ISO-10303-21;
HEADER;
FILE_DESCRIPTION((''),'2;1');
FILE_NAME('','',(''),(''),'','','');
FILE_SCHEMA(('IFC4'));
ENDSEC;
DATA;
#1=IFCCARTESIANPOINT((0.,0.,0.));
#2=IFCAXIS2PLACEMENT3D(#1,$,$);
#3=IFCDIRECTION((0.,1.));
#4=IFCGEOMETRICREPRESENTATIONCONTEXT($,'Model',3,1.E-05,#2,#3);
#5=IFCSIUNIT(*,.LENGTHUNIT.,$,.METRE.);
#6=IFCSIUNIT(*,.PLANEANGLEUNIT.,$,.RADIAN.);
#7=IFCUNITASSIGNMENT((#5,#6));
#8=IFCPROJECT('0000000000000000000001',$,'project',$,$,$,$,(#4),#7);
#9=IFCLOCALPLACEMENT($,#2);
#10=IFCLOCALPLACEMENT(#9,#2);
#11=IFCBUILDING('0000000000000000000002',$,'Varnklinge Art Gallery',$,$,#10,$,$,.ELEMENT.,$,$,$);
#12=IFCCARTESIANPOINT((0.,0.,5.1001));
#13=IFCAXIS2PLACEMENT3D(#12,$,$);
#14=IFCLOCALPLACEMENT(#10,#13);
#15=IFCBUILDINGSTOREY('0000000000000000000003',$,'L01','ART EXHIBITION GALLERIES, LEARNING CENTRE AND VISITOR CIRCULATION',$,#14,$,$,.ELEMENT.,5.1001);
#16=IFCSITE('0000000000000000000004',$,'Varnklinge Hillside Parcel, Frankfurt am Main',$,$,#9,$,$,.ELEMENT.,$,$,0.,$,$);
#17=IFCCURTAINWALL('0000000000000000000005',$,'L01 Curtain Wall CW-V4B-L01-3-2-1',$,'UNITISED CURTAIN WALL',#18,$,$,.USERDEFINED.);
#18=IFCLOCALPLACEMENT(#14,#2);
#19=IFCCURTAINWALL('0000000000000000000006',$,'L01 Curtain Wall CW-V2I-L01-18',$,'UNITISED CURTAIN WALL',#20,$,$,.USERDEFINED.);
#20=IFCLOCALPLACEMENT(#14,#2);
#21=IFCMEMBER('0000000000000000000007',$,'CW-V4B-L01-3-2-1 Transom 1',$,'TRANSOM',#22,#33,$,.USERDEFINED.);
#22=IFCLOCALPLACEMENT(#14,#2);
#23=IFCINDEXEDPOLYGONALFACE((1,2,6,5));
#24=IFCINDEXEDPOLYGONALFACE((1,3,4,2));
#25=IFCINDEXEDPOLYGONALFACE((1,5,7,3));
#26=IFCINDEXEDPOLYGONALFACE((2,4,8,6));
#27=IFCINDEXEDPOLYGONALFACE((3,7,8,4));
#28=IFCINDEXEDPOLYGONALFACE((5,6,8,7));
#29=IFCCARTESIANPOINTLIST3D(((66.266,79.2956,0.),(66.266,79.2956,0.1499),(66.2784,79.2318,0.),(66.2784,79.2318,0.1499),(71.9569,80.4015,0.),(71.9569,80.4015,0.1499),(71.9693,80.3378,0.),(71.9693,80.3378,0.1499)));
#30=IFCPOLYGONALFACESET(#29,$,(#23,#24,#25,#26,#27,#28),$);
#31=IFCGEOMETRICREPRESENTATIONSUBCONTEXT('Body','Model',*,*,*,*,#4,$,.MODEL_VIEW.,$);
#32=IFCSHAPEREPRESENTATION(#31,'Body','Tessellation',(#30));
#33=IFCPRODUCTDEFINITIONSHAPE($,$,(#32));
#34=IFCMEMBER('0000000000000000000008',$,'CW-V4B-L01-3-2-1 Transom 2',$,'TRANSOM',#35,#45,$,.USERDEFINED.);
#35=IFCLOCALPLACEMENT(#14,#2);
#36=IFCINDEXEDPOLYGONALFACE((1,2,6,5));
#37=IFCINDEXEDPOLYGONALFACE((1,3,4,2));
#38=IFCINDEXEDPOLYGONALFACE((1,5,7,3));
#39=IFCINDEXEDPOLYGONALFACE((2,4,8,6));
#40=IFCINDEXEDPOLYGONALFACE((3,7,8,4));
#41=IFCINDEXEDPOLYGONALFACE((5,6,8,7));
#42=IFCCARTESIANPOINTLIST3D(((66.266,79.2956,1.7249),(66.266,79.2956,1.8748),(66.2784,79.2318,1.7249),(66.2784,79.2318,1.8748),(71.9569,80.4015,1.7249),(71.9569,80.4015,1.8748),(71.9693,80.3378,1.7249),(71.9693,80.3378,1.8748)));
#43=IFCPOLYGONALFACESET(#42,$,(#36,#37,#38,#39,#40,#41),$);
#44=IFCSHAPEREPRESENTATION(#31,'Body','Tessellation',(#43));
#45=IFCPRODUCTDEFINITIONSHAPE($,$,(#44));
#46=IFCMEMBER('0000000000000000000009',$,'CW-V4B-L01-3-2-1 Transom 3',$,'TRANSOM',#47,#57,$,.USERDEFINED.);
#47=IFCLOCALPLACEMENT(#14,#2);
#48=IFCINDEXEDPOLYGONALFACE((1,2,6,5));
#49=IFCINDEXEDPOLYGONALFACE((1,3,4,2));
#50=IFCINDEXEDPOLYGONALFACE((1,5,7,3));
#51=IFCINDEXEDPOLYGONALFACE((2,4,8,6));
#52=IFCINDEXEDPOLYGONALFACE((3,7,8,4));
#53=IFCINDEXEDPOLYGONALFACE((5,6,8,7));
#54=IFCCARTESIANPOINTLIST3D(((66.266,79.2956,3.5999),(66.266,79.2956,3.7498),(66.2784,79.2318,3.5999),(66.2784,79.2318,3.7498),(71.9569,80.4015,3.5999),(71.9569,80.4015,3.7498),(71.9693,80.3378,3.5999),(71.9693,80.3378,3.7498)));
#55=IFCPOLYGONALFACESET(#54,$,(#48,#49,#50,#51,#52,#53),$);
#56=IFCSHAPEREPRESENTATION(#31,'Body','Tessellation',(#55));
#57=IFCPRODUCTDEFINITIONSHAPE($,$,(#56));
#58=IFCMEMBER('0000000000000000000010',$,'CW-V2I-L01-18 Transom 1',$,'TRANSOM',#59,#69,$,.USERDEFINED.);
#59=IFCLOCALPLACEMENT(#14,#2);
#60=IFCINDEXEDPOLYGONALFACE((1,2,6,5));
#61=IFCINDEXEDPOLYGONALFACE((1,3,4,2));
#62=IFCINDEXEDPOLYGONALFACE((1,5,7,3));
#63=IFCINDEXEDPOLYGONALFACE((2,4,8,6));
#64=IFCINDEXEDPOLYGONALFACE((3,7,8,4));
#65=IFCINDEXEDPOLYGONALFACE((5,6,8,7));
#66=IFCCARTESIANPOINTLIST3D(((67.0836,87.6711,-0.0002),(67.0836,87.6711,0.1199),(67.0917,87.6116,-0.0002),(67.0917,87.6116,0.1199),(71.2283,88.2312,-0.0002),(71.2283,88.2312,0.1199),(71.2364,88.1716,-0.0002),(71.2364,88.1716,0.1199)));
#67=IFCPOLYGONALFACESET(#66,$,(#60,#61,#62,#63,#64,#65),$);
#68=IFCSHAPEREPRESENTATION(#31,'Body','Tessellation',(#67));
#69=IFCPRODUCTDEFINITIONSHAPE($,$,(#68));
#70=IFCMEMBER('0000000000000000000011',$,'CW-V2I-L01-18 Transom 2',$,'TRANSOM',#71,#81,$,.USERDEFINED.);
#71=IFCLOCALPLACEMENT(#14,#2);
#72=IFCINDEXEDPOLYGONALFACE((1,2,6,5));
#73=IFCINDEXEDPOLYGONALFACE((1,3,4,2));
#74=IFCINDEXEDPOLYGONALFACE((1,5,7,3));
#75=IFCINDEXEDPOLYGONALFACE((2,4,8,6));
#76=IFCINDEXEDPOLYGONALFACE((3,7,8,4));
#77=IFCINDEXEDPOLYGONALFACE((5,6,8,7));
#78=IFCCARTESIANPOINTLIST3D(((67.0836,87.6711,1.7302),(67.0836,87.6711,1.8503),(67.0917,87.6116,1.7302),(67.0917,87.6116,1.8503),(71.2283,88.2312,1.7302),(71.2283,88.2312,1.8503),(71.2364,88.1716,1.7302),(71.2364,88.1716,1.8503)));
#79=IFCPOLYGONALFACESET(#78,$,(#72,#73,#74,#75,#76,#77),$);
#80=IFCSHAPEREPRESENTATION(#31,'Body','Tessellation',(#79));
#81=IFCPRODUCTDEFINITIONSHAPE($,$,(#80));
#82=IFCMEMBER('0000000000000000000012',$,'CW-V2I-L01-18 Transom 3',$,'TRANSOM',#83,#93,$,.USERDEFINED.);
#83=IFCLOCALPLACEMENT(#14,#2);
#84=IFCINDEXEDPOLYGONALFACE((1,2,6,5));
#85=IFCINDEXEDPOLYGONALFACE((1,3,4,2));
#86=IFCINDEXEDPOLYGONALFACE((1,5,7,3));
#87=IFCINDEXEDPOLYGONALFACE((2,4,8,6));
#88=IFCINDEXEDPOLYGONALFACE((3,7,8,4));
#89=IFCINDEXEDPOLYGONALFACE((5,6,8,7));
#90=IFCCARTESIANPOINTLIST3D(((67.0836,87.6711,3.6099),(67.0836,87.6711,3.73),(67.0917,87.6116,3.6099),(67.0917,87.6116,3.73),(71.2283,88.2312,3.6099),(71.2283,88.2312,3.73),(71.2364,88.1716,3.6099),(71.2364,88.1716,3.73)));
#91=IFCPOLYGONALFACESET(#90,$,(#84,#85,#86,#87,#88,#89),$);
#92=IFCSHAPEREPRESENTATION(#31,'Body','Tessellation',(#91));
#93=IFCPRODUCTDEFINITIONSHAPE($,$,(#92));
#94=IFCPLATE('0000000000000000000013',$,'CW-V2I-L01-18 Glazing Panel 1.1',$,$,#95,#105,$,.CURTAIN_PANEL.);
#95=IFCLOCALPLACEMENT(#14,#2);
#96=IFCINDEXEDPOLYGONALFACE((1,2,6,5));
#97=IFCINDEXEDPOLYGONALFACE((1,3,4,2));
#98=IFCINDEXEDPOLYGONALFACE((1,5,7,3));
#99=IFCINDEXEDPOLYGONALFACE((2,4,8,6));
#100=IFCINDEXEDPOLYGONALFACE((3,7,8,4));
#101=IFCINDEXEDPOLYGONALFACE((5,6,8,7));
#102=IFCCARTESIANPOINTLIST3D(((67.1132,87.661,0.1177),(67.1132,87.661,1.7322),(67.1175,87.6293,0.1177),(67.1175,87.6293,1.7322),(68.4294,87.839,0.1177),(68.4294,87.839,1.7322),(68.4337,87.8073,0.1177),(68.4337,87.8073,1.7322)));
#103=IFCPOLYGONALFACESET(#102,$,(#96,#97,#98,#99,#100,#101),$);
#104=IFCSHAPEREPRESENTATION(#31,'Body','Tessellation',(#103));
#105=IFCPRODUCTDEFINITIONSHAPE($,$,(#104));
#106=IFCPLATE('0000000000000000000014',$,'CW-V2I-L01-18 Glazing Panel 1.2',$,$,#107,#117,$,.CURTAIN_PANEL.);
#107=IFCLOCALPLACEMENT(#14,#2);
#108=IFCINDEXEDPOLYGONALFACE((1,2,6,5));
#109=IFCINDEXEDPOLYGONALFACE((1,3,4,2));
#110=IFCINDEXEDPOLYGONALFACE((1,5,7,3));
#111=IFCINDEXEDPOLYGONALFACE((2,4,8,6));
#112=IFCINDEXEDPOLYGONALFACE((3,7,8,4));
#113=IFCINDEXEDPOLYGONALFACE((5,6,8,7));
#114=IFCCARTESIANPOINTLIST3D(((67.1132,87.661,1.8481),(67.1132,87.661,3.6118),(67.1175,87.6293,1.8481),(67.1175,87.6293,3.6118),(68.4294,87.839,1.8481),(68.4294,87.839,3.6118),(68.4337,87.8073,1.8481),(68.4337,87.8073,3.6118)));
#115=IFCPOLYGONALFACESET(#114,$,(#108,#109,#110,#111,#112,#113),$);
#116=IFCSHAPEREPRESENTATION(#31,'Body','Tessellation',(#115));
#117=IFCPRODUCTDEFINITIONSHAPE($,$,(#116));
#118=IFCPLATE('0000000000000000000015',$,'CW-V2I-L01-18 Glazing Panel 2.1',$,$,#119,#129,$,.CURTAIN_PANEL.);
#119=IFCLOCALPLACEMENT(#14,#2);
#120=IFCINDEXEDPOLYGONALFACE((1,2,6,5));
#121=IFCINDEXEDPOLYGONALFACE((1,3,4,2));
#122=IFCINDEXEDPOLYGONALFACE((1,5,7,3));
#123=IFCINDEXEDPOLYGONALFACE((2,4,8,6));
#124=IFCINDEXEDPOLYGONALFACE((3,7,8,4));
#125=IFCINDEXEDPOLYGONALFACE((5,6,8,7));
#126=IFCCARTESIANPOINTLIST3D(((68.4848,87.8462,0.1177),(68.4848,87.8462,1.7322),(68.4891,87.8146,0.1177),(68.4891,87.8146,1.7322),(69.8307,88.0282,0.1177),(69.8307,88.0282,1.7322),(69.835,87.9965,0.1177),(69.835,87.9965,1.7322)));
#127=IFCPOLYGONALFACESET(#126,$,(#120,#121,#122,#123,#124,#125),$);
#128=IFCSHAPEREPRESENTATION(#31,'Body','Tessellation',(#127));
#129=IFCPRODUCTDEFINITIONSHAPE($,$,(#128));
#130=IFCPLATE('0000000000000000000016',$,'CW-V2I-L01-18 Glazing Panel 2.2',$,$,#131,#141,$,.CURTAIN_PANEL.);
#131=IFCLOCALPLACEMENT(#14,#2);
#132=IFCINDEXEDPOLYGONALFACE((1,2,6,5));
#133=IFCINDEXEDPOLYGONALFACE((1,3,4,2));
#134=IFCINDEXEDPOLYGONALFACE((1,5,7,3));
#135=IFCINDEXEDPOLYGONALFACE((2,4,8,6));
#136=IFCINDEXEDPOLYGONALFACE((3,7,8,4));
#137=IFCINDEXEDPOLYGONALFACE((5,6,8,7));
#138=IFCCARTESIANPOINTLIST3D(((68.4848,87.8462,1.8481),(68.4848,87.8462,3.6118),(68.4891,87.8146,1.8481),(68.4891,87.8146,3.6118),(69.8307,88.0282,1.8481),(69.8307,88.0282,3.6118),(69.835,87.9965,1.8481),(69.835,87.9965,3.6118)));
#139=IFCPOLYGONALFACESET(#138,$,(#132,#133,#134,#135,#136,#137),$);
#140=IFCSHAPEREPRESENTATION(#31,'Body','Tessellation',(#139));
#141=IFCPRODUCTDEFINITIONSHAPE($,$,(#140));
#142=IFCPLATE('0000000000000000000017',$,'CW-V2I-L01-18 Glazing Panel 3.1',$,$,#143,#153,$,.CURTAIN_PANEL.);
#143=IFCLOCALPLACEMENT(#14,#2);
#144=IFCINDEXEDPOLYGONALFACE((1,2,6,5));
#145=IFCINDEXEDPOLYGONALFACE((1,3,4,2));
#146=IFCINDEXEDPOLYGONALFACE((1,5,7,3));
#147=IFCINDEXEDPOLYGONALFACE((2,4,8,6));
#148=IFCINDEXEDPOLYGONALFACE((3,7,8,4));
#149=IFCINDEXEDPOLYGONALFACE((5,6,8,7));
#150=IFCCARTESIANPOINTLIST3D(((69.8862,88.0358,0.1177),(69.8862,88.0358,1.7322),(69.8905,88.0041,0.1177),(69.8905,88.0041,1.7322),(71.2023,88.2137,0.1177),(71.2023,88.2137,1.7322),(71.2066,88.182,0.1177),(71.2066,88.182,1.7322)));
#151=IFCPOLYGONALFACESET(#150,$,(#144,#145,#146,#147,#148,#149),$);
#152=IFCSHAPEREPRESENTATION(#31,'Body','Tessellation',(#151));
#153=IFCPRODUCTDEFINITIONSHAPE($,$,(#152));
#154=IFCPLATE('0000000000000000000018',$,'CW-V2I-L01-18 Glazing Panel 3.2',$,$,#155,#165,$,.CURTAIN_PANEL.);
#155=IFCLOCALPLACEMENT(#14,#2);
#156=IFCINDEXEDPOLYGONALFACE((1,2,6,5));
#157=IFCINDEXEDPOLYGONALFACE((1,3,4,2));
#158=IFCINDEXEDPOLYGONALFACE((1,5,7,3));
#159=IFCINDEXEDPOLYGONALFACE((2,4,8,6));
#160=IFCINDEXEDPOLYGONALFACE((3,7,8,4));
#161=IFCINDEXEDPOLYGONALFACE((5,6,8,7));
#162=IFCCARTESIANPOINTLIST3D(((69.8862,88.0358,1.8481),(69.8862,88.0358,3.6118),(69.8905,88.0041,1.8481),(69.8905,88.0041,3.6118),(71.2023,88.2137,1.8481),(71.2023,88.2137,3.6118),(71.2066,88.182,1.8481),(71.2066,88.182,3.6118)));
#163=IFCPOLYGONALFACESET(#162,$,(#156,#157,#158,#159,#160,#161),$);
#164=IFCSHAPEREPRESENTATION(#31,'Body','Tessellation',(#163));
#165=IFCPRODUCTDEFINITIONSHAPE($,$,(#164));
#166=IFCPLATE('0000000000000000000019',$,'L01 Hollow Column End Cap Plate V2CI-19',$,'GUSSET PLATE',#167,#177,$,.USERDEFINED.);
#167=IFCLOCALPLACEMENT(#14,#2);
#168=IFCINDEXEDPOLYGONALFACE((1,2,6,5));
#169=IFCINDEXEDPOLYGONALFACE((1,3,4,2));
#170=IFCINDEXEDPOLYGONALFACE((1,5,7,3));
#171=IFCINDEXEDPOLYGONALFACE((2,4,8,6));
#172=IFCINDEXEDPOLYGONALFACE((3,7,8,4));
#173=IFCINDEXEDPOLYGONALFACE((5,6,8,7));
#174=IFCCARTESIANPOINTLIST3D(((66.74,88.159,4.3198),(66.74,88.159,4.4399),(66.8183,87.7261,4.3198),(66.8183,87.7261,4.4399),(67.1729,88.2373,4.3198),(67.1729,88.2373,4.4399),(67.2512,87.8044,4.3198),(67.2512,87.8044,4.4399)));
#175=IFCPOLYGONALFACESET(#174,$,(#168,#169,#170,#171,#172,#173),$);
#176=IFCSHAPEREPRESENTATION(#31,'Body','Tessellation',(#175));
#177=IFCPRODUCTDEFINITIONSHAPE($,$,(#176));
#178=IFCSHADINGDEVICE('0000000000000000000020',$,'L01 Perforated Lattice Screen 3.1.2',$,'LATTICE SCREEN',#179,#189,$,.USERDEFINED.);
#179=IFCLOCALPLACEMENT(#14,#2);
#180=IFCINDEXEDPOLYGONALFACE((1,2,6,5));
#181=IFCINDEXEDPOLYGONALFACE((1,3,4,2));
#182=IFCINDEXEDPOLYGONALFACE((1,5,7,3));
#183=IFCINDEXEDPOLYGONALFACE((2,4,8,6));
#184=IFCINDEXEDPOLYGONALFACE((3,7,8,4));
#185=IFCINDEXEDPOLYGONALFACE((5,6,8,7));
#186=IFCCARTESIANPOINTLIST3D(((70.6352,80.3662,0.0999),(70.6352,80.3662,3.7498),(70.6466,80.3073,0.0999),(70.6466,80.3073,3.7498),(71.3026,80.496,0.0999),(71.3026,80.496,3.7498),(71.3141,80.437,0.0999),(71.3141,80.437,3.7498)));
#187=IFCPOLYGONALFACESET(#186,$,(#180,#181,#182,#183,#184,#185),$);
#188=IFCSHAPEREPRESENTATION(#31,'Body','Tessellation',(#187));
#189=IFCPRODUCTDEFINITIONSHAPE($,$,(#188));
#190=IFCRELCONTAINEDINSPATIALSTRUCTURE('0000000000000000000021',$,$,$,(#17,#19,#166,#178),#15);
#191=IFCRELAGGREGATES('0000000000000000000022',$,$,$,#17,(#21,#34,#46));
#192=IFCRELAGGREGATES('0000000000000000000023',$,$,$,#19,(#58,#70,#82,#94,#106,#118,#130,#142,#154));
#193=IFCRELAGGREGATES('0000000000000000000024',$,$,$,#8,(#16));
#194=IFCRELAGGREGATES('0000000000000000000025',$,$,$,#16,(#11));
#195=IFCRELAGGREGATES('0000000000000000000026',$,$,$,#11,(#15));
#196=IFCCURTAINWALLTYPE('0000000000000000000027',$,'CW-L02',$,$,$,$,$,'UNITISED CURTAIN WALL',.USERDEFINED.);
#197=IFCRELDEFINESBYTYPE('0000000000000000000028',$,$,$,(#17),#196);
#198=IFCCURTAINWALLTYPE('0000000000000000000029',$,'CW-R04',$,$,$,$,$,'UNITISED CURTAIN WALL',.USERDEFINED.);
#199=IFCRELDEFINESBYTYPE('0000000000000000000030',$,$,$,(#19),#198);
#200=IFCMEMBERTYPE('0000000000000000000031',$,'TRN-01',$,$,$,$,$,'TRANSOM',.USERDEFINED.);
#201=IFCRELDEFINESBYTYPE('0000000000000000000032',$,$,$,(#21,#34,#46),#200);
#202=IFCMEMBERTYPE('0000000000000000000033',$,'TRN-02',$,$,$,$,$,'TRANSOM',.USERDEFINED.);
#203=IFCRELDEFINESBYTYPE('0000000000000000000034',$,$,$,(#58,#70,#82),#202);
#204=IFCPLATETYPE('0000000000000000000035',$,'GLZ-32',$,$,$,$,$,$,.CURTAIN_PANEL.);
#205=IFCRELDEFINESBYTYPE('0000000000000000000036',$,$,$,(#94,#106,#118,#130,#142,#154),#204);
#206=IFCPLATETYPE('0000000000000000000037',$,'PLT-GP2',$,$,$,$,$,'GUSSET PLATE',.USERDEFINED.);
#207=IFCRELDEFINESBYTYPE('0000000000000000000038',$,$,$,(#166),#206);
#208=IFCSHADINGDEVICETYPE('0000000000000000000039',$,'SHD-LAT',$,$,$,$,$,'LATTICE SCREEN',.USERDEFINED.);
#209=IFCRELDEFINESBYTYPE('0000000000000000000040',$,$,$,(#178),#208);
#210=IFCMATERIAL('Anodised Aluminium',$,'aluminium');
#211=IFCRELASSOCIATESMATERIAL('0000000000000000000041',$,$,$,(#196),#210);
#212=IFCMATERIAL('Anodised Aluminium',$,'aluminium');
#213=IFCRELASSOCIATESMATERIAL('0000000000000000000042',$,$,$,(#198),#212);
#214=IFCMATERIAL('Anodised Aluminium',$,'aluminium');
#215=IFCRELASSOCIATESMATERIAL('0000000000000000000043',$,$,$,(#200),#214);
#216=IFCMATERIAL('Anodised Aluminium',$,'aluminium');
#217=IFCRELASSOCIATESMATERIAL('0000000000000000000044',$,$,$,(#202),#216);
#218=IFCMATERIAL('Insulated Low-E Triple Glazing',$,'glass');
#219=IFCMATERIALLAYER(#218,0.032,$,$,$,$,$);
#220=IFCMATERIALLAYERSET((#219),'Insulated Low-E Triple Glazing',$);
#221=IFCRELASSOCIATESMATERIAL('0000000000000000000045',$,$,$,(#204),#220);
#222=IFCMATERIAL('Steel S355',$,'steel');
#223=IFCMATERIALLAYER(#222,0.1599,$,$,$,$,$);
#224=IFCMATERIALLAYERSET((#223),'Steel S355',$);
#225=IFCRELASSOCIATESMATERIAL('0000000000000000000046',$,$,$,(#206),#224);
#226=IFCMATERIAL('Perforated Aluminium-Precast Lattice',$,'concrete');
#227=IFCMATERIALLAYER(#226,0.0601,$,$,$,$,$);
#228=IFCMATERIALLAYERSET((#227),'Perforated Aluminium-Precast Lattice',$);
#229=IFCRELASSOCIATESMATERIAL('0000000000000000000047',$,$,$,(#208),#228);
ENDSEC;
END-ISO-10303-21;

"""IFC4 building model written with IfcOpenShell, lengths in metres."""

from ifc_helpers import new_model, si_unit, direction, frame, origin, origin_2d, place, context, subcontext, project, spatial, rectangle, extrude, material, layer, layer_set, material_profile, profile_set, type_object, element, aggregate, save


model = new_model("IFC4")

# Units and contexts
model_context = context("Model", 3, precision=1e-05, world=origin(), true_north=direction((0.0, 1.0)))
body_context = subcontext(model_context, "Body", "Model", "MODEL_VIEW")
ifc_project = project(units=[si_unit("LENGTHUNIT", "METRE"), si_unit("PLANEANGLEUNIT", "RADIAN")], contexts=[model_context])

# Site, building, storey
site_placement = place(None, origin())
site = spatial("IfcSite", under=ifc_project, at=site_placement, Name="Varnklinge Hillside Parcel, Frankfurt am Main", CompositionType="ELEMENT", RefElevation=0.0)
building_placement = place(site_placement, origin())
building = spatial("IfcBuilding", under=site, at=building_placement, Name="Varnklinge Art Gallery", CompositionType="ELEMENT")
storey_placement = place(building_placement, frame((0.0, 0.0, 5.1001)))
storey = spatial("IfcBuildingStorey", under=building, at=storey_placement, Name="L01", Description="ART EXHIBITION GALLERIES, LEARNING CENTRE AND VISITOR CIRCULATION", CompositionType="ELEMENT", Elevation=5.1001)

# Curtain wall
ifc_material_1 = material(Name="Anodised Aluminium", Category="aluminium")
curtain_wall_type_1 = type_object("IfcCurtainWallType", Name="CW-L02", ElementType="UNITISED CURTAIN WALL", PredefinedType="USERDEFINED", material=ifc_material_1)
curtain_wall_1_placement = place(storey_placement, origin())
curtain_wall_1 = element("IfcCurtainWall", 1, at=curtain_wall_1_placement, inside=storey, type_object=curtain_wall_type_1, Name="L01 Curtain Wall CW-V4B-L01-3-2-1", ObjectType="UNITISED CURTAIN WALL", PredefinedType="USERDEFINED")

# Curtain wall
ifc_material_2 = material(Name="Anodised Aluminium", Category="aluminium")
curtain_wall_type_2 = type_object("IfcCurtainWallType", Name="CW-R04", ElementType="UNITISED CURTAIN WALL", PredefinedType="USERDEFINED", material=ifc_material_2)
curtain_wall_2_placement = place(storey_placement, origin())
curtain_wall_2 = element("IfcCurtainWall", 2, at=curtain_wall_2_placement, inside=storey, type_object=curtain_wall_type_2, Name="L01 Curtain Wall CW-V2I-L01-18", ObjectType="UNITISED CURTAIN WALL", PredefinedType="USERDEFINED")

# Members
ifc_material_3 = material(Name="Anodised Aluminium", Category="aluminium")
ifc_material_profile_1 = material_profile(ifc_material_3, rectangle(XDim=0.0649, YDim=0.1499, at=origin_2d()), Name="ALU 65x150")
ifc_profile_set_1 = profile_set([ifc_material_profile_1], Name="Anodised Aluminium")
member_type_1 = type_object("IfcMemberType", Name="TRN-01", ElementType="TRANSOM", PredefinedType="USERDEFINED", material=ifc_profile_set_1)
member_1_placement = place(storey_placement, frame((71.9631, 80.3696, 0.075), z_axis=(-0.981635, -0.190768, 0.0), x_axis=(0.190768, -0.981635, 0.0)))
member_1 = element("IfcMember", 3, at=member_1_placement, type_object=member_type_1, Name="CW-V4B-L01-3-2-1 Transom 1", ObjectType="TRANSOM", PredefinedType="USERDEFINED", context=body_context, shape_type="SweptSolid", body=[
    extrude(rectangle(XDim=0.0649, YDim=0.1499, at=origin_2d()), origin(), (0.0, 0.0, 1.0), 5.7974),
])
member_2_placement = place(storey_placement, frame((71.9631, 80.3696, 1.7998), z_axis=(-0.981635, -0.190768, 0.0), x_axis=(0.190768, -0.981635, 0.0)))
member_2 = element("IfcMember", 4, at=member_2_placement, type_object=member_type_1, Name="CW-V4B-L01-3-2-1 Transom 2", ObjectType="TRANSOM", PredefinedType="USERDEFINED", context=body_context, shape_type="SweptSolid", body=[
    extrude(rectangle(XDim=0.0649, YDim=0.1499, at=origin_2d()), origin(), (0.0, 0.0, 1.0), 5.7974),
])
member_3_placement = place(storey_placement, frame((71.9631, 80.3696, 3.6748), z_axis=(-0.981635, -0.190768, 0.0), x_axis=(0.190768, -0.981635, 0.0)))
member_3 = element("IfcMember", 5, at=member_3_placement, type_object=member_type_1, Name="CW-V4B-L01-3-2-1 Transom 3", ObjectType="TRANSOM", PredefinedType="USERDEFINED", context=body_context, shape_type="SweptSolid", body=[
    extrude(rectangle(XDim=0.0649, YDim=0.1499, at=origin_2d()), origin(), (0.0, 0.0, 1.0), 5.7974),
])
aggregate(curtain_wall_1, [member_1, member_2, member_3])
ifc_material_4 = material(Name="Anodised Aluminium", Category="aluminium")
ifc_material_profile_2 = material_profile(ifc_material_4, rectangle(XDim=0.0601, YDim=0.1201, at=origin_2d()), Name="ALU 60x120")
ifc_profile_set_2 = profile_set([ifc_material_profile_2], Name="Anodised Aluminium")
member_type_2 = type_object("IfcMemberType", Name="TRN-02", ElementType="TRANSOM", PredefinedType="USERDEFINED", material=ifc_profile_set_2)
member_4_placement = place(storey_placement, frame((67.0876, 87.6414, 0.0598), z_axis=(0.990994, 0.133907, 0.0), x_axis=(-0.133907, 0.990994, 0.0)))
member_4 = element("IfcMember", 6, at=member_4_placement, type_object=member_type_2, Name="CW-V2I-L01-18 Transom 1", ObjectType="TRANSOM", PredefinedType="USERDEFINED", context=body_context, shape_type="SweptSolid", body=[
    extrude(rectangle(XDim=0.0601, YDim=0.1201, at=origin_2d()), origin(), (0.0, 0.0, 1.0), 4.1824),
])
member_5_placement = place(storey_placement, frame((67.0876, 87.6414, 1.7903), z_axis=(0.990994, 0.133907, 0.0), x_axis=(-0.133907, 0.990994, 0.0)))
member_5 = element("IfcMember", 7, at=member_5_placement, type_object=member_type_2, Name="CW-V2I-L01-18 Transom 2", ObjectType="TRANSOM", PredefinedType="USERDEFINED", context=body_context, shape_type="SweptSolid", body=[
    extrude(rectangle(XDim=0.0601, YDim=0.1201, at=origin_2d()), origin(), (0.0, 0.0, 1.0), 4.1824),
])
member_6_placement = place(storey_placement, frame((67.0876, 87.6414, 3.6699), z_axis=(0.990994, 0.133907, 0.0), x_axis=(-0.133907, 0.990994, 0.0)))
member_6 = element("IfcMember", 8, at=member_6_placement, type_object=member_type_2, Name="CW-V2I-L01-18 Transom 3", ObjectType="TRANSOM", PredefinedType="USERDEFINED", context=body_context, shape_type="SweptSolid", body=[
    extrude(rectangle(XDim=0.0601, YDim=0.1201, at=origin_2d()), origin(), (0.0, 0.0, 1.0), 4.1824),
])

# Plates
ifc_material_5 = material(Name="Insulated Low-E Triple Glazing", Category="glass")
ifc_layer_1 = layer(ifc_material_5, 0.032)
ifc_layer_set_1 = layer_set([ifc_layer_1], Name="Insulated Low-E Triple Glazing")
plate_type_1 = type_object("IfcPlateType", Name="GLZ-32", PredefinedType="CURTAIN_PANEL", material=ifc_layer_set_1)
plate_1_placement = place(storey_placement, frame((67.7734, 87.7341, 0.1177), z_axis=(0.0, 0.0, 1.0), x_axis=(0.990983, 0.133986, 0.0)))
plate_1 = element("IfcPlate", 9, at=plate_1_placement, type_object=plate_type_1, Name="CW-V2I-L01-18 Glazing Panel 1.1", PredefinedType="CURTAIN_PANEL", context=body_context, shape_type="SweptSolid", body=[
    extrude(rectangle(XDim=1.3281, YDim=0.032, at=origin_2d()), origin(), (0.0, 0.0, 1.0), 1.6145),
])
plate_2_placement = place(storey_placement, frame((67.7734, 87.7341, 1.8481), z_axis=(0.0, 0.0, 1.0), x_axis=(0.990983, 0.133986, 0.0)))
plate_2 = element("IfcPlate", 10, at=plate_2_placement, type_object=plate_type_1, Name="CW-V2I-L01-18 Glazing Panel 1.2", PredefinedType="CURTAIN_PANEL", context=body_context, shape_type="SweptSolid", body=[
    extrude(rectangle(XDim=1.3281, YDim=0.032, at=origin_2d()), origin(), (0.0, 0.0, 1.0), 1.7637),
])
plate_3_placement = place(storey_placement, frame((69.1599, 87.9214, 0.1177), z_axis=(0.0, 0.0, 1.0), x_axis=(0.990983, 0.133986, 0.0)))
plate_3 = element("IfcPlate", 11, at=plate_3_placement, type_object=plate_type_1, Name="CW-V2I-L01-18 Glazing Panel 2.1", PredefinedType="CURTAIN_PANEL", context=body_context, shape_type="SweptSolid", body=[
    extrude(rectangle(XDim=1.3582, YDim=0.032, at=origin_2d()), origin(), (0.0, 0.0, 1.0), 1.6145),
])
plate_4_placement = place(storey_placement, frame((69.1599, 87.9214, 1.8481), z_axis=(0.0, 0.0, 1.0), x_axis=(0.990983, 0.133986, 0.0)))
plate_4 = element("IfcPlate", 12, at=plate_4_placement, type_object=plate_type_1, Name="CW-V2I-L01-18 Glazing Panel 2.2", PredefinedType="CURTAIN_PANEL", context=body_context, shape_type="SweptSolid", body=[
    extrude(rectangle(XDim=1.3582, YDim=0.032, at=origin_2d()), origin(), (0.0, 0.0, 1.0), 1.7637),
])
plate_5_placement = place(storey_placement, frame((70.5464, 88.1089, 0.1177), z_axis=(0.0, 0.0, 1.0), x_axis=(0.990983, 0.133986, 0.0)))
plate_5 = element("IfcPlate", 13, at=plate_5_placement, type_object=plate_type_1, Name="CW-V2I-L01-18 Glazing Panel 3.1", PredefinedType="CURTAIN_PANEL", context=body_context, shape_type="SweptSolid", body=[
    extrude(rectangle(XDim=1.3281, YDim=0.032, at=origin_2d()), origin(), (0.0, 0.0, 1.0), 1.6145),
])
plate_6_placement = place(storey_placement, frame((70.5464, 88.1089, 1.8481), z_axis=(0.0, 0.0, 1.0), x_axis=(0.990983, 0.133986, 0.0)))
plate_6 = element("IfcPlate", 14, at=plate_6_placement, type_object=plate_type_1, Name="CW-V2I-L01-18 Glazing Panel 3.2", PredefinedType="CURTAIN_PANEL", context=body_context, shape_type="SweptSolid", body=[
    extrude(rectangle(XDim=1.3281, YDim=0.032, at=origin_2d()), origin(), (0.0, 0.0, 1.0), 1.7637),
])
aggregate(curtain_wall_2, [member_4, member_5, member_6, plate_1, plate_2, plate_3, plate_4, plate_5, plate_6])
ifc_material_6 = material(Name="Steel S355", Category="steel")
ifc_layer_2 = layer(ifc_material_6, 0.1599)
ifc_layer_set_2 = layer_set([ifc_layer_2], Name="Steel S355")
plate_type_2 = type_object("IfcPlateType", Name="PLT-GP2", ElementType="GUSSET PLATE", PredefinedType="USERDEFINED", material=ifc_layer_set_2)
plate_7_placement = place(storey_placement, frame((66.9956, 87.9817, 4.3198), z_axis=(0.0, 0.0, 1.0), x_axis=(0.178115, -0.98401, 0.0)))
element("IfcPlate", 15, at=plate_7_placement, inside=storey, type_object=plate_type_2, Name="L01 Hollow Column End Cap Plate V2CI-19", ObjectType="GUSSET PLATE", PredefinedType="USERDEFINED", context=body_context, shape_type="SweptSolid", body=[
    extrude(rectangle(XDim=0.4399, YDim=0.4399, at=origin_2d()), origin(), (0.0, 0.0, 1.0), 0.1201),
])

# Shading device
ifc_material_7 = material(Name="Perforated Aluminium-Precast Lattice", Category="concrete")
ifc_layer_3 = layer(ifc_material_7, 0.0601)
ifc_layer_set_3 = layer_set([ifc_layer_3], Name="Perforated Aluminium-Precast Lattice")
shading_device_type = type_object("IfcShadingDeviceType", Name="SHD-LAT", ElementType="LATTICE SCREEN", PredefinedType="USERDEFINED", material=ifc_layer_set_3)
shading_device_placement = place(storey_placement, frame((70.9746, 80.4016, 0.0999), z_axis=(0.0, 0.0, 1.0), x_axis=(-0.981627, -0.190809, 0.0)))
element("IfcShadingDevice", 16, at=shading_device_placement, inside=storey, type_object=shading_device_type, Name="L01 Perforated Lattice Screen 3.1.2", ObjectType="LATTICE SCREEN", PredefinedType="USERDEFINED", context=body_context, shape_type="SweptSolid", body=[
    extrude(rectangle(XDim=0.6799, YDim=0.0601, at=origin_2d()), origin(), (0.0, 0.0, 1.0), 3.6499),
])

save(model, "model.ifc")
